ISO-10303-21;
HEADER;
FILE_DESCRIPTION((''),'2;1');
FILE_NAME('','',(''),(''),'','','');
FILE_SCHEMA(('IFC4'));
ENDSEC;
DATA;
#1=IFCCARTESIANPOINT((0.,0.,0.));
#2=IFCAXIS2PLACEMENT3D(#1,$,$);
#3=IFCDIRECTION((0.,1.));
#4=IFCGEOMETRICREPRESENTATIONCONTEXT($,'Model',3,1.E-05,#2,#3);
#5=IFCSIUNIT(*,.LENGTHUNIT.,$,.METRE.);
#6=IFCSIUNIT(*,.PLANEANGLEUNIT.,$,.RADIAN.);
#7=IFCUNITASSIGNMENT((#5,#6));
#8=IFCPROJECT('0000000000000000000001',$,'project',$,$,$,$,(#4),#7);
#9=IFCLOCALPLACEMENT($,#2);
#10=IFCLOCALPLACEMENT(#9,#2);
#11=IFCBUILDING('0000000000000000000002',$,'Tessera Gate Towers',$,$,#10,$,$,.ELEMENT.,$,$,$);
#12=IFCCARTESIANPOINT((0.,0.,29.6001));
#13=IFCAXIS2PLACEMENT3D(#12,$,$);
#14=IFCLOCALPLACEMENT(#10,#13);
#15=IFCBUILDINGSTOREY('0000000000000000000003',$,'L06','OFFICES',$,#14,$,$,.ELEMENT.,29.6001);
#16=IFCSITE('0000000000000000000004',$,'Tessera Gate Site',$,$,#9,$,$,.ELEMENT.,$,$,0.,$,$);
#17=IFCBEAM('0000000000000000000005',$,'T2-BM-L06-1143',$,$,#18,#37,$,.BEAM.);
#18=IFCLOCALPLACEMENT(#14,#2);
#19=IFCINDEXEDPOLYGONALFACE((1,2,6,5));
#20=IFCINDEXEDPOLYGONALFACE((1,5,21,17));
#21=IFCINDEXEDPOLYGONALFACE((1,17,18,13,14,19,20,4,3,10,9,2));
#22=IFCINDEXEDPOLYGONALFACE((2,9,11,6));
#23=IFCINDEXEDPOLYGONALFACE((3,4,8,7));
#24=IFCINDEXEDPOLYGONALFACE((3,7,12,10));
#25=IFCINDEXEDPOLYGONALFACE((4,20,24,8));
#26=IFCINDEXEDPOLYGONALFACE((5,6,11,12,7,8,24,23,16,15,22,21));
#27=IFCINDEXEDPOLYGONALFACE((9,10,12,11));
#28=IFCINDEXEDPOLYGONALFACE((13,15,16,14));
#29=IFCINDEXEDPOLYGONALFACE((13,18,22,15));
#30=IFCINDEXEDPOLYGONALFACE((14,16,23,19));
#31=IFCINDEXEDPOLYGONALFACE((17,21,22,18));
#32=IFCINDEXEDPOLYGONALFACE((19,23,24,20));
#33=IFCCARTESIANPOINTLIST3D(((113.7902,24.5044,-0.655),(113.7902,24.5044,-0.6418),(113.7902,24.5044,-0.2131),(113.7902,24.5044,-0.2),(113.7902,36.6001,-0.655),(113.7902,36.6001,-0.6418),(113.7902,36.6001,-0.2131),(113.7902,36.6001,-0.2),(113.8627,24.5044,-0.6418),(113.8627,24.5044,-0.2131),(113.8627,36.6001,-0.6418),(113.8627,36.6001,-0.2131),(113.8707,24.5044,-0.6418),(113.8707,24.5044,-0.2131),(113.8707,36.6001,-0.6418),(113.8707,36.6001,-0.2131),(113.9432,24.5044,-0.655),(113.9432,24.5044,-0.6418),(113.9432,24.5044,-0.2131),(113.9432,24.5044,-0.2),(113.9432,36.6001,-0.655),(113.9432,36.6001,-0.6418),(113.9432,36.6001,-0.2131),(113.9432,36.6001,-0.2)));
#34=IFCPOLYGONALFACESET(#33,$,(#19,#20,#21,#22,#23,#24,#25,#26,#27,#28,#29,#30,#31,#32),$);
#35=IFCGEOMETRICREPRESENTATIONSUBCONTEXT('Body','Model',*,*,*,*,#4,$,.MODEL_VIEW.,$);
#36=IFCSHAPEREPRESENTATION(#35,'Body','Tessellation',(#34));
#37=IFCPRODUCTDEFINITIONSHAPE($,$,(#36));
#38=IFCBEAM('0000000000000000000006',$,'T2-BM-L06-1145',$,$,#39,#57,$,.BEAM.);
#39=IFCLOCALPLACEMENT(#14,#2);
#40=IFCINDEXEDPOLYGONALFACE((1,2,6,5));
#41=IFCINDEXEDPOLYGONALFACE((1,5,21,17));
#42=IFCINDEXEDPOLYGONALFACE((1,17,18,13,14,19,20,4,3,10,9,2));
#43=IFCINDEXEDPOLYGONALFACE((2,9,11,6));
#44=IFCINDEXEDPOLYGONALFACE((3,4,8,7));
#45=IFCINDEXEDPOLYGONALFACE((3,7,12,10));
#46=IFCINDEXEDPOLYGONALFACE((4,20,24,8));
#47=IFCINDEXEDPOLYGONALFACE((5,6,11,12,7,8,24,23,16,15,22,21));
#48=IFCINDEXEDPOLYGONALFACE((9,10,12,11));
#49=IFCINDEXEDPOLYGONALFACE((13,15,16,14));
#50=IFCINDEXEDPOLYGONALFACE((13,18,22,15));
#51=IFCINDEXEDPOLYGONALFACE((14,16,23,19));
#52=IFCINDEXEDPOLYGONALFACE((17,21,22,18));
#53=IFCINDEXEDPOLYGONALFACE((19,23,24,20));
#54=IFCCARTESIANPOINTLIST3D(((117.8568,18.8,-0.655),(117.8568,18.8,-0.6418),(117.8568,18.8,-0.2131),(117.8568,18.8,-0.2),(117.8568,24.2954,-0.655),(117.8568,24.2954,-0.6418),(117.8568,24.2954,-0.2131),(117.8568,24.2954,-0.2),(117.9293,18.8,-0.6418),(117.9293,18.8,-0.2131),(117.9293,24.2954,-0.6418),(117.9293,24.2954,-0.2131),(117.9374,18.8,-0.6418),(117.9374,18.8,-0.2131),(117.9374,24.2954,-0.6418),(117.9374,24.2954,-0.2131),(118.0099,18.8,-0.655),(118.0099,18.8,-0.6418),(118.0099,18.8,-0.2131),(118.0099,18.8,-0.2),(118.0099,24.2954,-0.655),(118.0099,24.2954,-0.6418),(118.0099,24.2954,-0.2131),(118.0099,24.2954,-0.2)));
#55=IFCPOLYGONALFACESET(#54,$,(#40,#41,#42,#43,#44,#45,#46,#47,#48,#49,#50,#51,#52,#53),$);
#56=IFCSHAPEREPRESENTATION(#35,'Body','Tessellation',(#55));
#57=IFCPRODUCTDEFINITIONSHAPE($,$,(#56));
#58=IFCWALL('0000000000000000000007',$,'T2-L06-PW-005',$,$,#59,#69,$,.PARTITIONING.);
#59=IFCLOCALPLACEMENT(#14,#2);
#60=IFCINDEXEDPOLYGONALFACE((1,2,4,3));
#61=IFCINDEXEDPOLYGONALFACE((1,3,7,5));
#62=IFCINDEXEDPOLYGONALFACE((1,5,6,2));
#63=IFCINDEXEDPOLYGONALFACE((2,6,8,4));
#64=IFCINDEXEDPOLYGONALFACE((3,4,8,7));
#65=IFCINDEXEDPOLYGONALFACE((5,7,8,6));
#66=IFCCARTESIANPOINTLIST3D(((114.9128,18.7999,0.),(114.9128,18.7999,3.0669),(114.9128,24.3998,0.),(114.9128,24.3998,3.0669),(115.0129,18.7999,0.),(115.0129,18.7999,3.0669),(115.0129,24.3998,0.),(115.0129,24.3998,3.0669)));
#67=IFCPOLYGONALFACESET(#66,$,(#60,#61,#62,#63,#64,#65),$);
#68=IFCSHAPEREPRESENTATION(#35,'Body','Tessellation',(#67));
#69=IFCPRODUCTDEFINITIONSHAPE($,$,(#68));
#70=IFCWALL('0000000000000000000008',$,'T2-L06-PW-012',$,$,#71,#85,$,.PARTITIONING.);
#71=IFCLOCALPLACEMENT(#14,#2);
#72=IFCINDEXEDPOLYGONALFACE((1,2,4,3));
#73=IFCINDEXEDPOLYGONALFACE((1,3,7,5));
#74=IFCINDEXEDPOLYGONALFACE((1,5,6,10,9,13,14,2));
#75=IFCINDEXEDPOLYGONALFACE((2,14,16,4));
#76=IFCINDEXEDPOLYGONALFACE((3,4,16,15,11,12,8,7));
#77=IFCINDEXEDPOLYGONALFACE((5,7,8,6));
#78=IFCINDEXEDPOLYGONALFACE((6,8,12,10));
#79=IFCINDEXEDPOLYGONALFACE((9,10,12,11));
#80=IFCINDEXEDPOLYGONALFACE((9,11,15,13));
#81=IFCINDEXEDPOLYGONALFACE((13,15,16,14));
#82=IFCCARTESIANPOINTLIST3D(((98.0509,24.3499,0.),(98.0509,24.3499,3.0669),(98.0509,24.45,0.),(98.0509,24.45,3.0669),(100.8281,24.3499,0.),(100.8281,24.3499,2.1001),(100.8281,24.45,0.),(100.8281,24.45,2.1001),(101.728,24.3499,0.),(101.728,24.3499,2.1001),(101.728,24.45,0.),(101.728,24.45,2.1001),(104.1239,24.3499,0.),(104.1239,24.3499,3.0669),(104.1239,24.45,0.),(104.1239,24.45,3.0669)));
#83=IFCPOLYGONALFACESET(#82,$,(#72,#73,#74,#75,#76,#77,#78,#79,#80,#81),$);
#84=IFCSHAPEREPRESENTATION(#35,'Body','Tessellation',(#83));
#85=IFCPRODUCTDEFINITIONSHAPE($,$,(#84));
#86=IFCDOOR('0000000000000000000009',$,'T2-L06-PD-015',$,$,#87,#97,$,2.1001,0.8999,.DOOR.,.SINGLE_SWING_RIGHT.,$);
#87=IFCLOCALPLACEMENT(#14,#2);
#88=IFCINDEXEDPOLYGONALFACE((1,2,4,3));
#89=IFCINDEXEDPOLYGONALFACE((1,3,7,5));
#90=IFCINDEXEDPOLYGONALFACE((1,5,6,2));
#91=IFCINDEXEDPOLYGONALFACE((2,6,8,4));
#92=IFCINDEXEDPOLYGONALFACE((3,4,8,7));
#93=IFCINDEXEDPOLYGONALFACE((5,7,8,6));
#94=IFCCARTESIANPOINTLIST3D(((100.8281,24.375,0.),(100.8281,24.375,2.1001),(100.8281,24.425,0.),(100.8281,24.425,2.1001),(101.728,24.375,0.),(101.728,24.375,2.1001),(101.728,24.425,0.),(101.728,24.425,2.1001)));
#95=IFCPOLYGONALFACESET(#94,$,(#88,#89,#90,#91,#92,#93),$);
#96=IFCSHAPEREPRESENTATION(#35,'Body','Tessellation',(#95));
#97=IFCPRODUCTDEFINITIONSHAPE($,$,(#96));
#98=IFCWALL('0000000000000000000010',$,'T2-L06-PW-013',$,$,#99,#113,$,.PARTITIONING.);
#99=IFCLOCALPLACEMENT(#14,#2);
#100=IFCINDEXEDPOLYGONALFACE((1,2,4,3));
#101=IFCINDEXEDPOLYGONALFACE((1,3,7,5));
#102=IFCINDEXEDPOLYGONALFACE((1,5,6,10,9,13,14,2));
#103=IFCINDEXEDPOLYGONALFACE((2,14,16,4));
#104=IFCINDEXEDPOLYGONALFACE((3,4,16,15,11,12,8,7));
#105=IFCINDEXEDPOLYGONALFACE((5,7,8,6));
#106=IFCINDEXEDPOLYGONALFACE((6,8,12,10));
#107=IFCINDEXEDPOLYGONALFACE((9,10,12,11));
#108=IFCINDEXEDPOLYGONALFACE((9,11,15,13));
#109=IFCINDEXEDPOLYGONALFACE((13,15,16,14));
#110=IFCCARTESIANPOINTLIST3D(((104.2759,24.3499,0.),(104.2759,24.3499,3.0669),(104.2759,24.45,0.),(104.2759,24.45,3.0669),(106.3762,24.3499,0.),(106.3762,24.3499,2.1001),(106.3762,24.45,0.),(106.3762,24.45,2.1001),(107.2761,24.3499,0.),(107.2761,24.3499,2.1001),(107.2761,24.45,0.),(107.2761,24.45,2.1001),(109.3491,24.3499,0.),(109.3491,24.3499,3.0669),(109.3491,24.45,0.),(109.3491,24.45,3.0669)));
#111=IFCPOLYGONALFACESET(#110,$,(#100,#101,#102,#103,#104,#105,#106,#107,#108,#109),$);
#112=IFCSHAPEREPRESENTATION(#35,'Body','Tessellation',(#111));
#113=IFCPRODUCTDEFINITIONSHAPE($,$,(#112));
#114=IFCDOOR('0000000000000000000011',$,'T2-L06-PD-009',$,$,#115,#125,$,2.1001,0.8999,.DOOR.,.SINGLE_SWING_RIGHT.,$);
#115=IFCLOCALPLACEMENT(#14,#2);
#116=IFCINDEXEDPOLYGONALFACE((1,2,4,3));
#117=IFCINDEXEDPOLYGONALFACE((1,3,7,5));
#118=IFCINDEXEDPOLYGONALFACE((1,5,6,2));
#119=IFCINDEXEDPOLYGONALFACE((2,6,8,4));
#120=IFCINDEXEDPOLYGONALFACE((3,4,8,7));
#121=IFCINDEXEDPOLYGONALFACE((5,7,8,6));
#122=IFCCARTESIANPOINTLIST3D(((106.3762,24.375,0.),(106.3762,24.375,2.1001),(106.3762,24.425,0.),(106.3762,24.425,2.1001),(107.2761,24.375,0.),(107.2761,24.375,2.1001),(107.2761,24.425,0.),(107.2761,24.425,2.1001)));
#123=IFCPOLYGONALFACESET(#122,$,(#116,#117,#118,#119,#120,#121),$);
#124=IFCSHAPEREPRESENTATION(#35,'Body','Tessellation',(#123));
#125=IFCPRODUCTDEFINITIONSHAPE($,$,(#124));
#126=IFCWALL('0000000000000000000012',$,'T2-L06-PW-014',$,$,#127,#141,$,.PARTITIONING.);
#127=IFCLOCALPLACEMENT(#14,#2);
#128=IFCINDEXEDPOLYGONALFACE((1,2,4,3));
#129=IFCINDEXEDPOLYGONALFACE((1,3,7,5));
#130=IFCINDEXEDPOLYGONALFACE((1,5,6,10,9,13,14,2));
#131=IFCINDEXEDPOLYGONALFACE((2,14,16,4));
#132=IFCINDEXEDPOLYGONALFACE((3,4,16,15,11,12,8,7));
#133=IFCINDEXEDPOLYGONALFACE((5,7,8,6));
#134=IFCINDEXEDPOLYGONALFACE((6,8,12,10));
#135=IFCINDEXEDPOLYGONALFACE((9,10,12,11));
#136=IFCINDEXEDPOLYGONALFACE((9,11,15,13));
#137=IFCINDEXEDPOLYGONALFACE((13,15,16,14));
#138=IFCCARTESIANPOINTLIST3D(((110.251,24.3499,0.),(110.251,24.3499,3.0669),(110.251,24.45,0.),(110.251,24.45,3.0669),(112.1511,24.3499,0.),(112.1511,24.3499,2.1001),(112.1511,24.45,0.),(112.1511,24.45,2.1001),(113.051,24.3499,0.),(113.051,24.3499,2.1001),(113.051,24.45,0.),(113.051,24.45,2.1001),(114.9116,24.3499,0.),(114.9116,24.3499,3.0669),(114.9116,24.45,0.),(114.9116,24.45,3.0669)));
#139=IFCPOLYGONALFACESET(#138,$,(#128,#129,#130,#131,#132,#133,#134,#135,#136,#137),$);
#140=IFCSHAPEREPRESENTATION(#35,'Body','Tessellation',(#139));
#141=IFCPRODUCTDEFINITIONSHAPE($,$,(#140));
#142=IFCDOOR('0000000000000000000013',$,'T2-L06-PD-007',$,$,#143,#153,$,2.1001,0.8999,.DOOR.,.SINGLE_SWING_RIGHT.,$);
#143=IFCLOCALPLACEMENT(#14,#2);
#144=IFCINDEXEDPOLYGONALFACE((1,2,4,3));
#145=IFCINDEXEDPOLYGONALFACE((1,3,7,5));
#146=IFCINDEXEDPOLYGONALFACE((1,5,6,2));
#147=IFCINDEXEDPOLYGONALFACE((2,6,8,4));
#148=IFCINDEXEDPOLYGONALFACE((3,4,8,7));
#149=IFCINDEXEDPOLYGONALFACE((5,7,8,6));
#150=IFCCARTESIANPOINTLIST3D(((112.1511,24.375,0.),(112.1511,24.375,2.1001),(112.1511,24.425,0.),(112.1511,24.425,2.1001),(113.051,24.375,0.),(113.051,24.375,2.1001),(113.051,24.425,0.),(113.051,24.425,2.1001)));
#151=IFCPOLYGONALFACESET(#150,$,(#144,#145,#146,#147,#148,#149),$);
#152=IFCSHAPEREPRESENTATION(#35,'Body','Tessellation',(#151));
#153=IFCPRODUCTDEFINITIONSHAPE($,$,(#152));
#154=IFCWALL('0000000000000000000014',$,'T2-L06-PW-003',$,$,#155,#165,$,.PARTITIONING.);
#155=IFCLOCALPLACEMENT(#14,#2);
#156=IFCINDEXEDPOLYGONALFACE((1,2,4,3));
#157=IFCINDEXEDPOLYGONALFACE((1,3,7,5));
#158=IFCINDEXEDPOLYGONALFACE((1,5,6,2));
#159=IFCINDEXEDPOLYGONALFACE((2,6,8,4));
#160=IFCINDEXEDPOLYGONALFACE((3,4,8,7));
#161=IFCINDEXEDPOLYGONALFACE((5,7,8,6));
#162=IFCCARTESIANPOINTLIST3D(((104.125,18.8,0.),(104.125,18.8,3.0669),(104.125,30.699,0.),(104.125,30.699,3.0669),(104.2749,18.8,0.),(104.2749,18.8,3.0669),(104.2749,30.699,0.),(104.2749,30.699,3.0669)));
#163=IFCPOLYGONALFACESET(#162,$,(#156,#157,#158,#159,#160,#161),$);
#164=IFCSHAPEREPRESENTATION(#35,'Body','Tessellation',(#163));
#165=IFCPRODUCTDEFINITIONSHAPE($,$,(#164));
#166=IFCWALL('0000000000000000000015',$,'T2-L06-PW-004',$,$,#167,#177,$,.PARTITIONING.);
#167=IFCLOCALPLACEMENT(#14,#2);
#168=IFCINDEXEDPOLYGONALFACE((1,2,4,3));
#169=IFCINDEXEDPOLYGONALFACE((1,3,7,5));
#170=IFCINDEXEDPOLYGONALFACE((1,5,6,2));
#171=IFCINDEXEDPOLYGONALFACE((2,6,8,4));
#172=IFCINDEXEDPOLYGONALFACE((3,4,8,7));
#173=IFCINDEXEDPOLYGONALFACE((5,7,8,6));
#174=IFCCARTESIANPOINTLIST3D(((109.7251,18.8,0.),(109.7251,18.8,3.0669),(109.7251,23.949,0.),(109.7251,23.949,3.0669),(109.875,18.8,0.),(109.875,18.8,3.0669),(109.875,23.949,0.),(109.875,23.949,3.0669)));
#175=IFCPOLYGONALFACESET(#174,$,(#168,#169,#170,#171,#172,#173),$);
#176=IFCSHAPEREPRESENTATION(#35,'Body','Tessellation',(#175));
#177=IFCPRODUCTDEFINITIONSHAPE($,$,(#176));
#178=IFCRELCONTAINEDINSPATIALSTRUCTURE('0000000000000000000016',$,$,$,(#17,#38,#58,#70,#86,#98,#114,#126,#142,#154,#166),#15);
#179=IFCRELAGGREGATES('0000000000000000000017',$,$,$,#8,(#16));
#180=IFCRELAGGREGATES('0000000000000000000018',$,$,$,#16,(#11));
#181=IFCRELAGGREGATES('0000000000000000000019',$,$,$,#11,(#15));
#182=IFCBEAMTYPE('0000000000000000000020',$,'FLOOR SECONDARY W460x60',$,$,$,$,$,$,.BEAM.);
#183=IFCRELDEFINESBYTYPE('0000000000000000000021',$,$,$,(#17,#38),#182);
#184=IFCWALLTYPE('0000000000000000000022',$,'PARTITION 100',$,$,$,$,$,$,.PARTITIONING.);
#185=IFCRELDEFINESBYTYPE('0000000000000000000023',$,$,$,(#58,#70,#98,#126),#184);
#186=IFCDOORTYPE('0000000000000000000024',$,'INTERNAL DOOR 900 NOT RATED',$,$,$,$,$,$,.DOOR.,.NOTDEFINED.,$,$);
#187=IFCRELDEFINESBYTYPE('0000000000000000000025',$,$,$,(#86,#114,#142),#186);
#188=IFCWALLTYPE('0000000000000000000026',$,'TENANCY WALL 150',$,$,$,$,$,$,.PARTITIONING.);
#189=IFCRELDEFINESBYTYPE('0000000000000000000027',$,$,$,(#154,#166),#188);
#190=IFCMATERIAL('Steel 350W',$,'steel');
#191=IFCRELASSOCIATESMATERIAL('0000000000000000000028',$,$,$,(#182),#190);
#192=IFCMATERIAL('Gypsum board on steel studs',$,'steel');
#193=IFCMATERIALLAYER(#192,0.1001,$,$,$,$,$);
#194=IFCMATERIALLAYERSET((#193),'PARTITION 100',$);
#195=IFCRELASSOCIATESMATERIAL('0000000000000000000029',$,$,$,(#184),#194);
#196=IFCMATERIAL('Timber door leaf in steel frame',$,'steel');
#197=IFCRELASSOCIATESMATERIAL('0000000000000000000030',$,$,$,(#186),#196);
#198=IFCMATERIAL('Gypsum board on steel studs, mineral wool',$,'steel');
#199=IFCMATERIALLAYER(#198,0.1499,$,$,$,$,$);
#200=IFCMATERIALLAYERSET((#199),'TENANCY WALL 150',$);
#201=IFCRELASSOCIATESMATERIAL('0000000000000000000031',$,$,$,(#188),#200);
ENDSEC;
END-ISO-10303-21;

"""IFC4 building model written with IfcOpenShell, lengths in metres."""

from ifc_helpers import new_model, si_unit, direction, frame, frame_2d, origin, origin_2d, place, context, subcontext, project, spatial, rectangle, i_section, extrude, source, transform, mapped, material, layer, layer_set, material_profile, profile_set, type_object, element, fill, save


model = new_model("IFC4")

# Units and contexts
model_context = context("Model", 3, precision=1e-05, world=origin(), true_north=direction((0.0, 1.0)))
body_context = subcontext(model_context, "Body", "Model", "MODEL_VIEW")
ifc_project = project(units=[si_unit("LENGTHUNIT", "METRE"), si_unit("PLANEANGLEUNIT", "RADIAN")], contexts=[model_context])

# Site, building, storey
site_placement = place(None, origin())
site = spatial("IfcSite", under=ifc_project, at=site_placement, Name="Tessera Gate Site", CompositionType="ELEMENT", RefElevation=0.0)
building_placement = place(site_placement, origin())
building = spatial("IfcBuilding", under=site, at=building_placement, Name="Tessera Gate Towers", CompositionType="ELEMENT")
storey_placement = place(building_placement, frame((0.0, 0.0, 29.6001)))
storey = spatial("IfcBuildingStorey", under=building, at=storey_placement, Name="L06", Description="OFFICES", CompositionType="ELEMENT", Elevation=29.6001)

# Beams
ifc_material_1 = material(Name="Steel 350W", Category="steel")
ifc_material_profile_1 = material_profile(ifc_material_1, i_section(OverallWidth=0.1531, OverallDepth=0.4551, WebThickness=0.0081, FlangeThickness=0.0132, at=origin_2d()), Name="W460x60")
ifc_profile_set_1 = profile_set([ifc_material_profile_1], Name="Steel 350W")
beam_type_1 = type_object("IfcBeamType", Name="FLOOR SECONDARY W460x60", PredefinedType="BEAM", material=ifc_profile_set_1)
beam_1_placement = place(storey_placement, frame((113.8667, 24.5044, -0.4275), z_axis=(0.0, 1.0, 0.0), x_axis=(-1.0, 0.0, 0.0)))
element("IfcBeam", 1, at=beam_1_placement, inside=storey, type_object=beam_type_1, Name="T2-BM-L06-1143", PredefinedType="BEAM", context=body_context, shape_type="SweptSolid", body=[
    extrude(i_section(OverallWidth=0.1531, OverallDepth=0.4551, WebThickness=0.0081, FlangeThickness=0.0132, at=origin_2d()), origin(), (0.0, 0.0, 1.0), 12.0957),
])
beam_2_placement = place(storey_placement, frame((117.9333, 18.8, -0.4275), z_axis=(0.0, 1.0, 0.0), x_axis=(-1.0, 0.0, 0.0)))
element("IfcBeam", 2, at=beam_2_placement, inside=storey, type_object=beam_type_1, Name="T2-BM-L06-1145", PredefinedType="BEAM", context=body_context, shape_type="SweptSolid", body=[
    extrude(i_section(OverallWidth=0.1531, OverallDepth=0.4551, WebThickness=0.0081, FlangeThickness=0.0132, at=origin_2d()), origin(), (0.0, 0.0, 1.0), 5.4954),
])

# Wall
ifc_material_2 = material(Name="Gypsum board on steel studs", Category="steel")
ifc_layer_1 = layer(ifc_material_2, 0.1001)
ifc_layer_set_1 = layer_set([ifc_layer_1], Name="PARTITION 100")
wall_type_1 = type_object("IfcWallType", Name="PARTITION 100", PredefinedType="PARTITIONING", material=ifc_layer_set_1)
wall_1_placement = place(storey_placement, frame((114.9629, 18.8, 0.0), z_axis=(0.0, 0.0, 1.0), x_axis=(0.0, 1.0, 0.0)))
element("IfcWall", 3, at=wall_1_placement, inside=storey, type_object=wall_type_1, Name="T2-L06-PW-005", PredefinedType="PARTITIONING", context=body_context, shape_type="SweptSolid", body=[
    extrude(rectangle(XDim=5.5999, YDim=0.1001, at=frame_2d((2.7998, 0.0))), origin(), (0.0, 0.0, 1.0), 3.0669),
])

# Walls, openings, doors
wall_2_placement = place(storey_placement, frame((104.124, 24.3999, 0.0), z_axis=(0.0, 0.0, 1.0), x_axis=(-1.0, 0.0, 0.0)))
wall_2 = element("IfcWall", 4, at=wall_2_placement, inside=storey, type_object=wall_type_1, Name="T2-L06-PW-012", PredefinedType="PARTITIONING", context=body_context, shape_type="SweptSolid", body=[
    extrude(rectangle(XDim=6.073, YDim=0.1001, at=frame_2d((3.0366, 0.0))), origin(), (0.0, 0.0, 1.0), 3.0669),
])
shared_shape_1 = source(origin(), body_context, "Body", "SweptSolid", [
    extrude(rectangle(XDim=0.8999, YDim=2.1001, at=frame_2d((0.45, 1.05))), frame((0.0, 0.0601, 0.0), z_axis=(0.0, -1.0, 0.0), x_axis=(1.0, 0.0, 0.0)), (0.0, 0.0, 1.0), 0.1201),
])
opening_1_placement = place(wall_2_placement, frame((2.396, 0.0, 0.0)))
opening_1 = element("IfcOpeningElement", 5, at=opening_1_placement, cuts=wall_2, PredefinedType="OPENING", context=body_context, shape_type="MappedRepresentation", body=[
    mapped(shared_shape_1, transform((0.0, 0.0, 0.0), scale=1.0)),
])
ifc_material_3 = material(Name="Timber door leaf in steel frame", Category="steel")
door_type = type_object("IfcDoorType", Name="INTERNAL DOOR 900 NOT RATED", OperationType="NOTDEFINED", PredefinedType="DOOR", material=ifc_material_3)
shared_shape_2 = source(origin(), body_context, "Body", "SweptSolid", [
    extrude(rectangle(XDim=0.8999, YDim=2.1001, at=frame_2d((0.45, 1.05))), frame((0.0, 0.0249, 0.0), z_axis=(0.0, -1.0, 0.0), x_axis=(1.0, 0.0, 0.0)), (0.0, 0.0, 1.0), 0.05),
])
door_1_placement = place(opening_1_placement, origin())
door_1 = element("IfcDoor", 6, at=door_1_placement, inside=storey, type_object=door_type, Name="T2-L06-PD-015", OperationType="SINGLE_SWING_RIGHT", OverallHeight=2.1001, OverallWidth=0.8999, PredefinedType="DOOR", context=body_context, shape_type="MappedRepresentation", body=[
    mapped(shared_shape_2, transform((0.0, 0.0, 0.0), scale=1.0)),
])
fill(opening_1, door_1)
wall_3_placement = place(storey_placement, frame((109.3491, 24.3999, 0.0), z_axis=(0.0, 0.0, 1.0), x_axis=(-1.0, 0.0, 0.0)))
wall_3 = element("IfcWall", 7, at=wall_3_placement, inside=storey, type_object=wall_type_1, Name="T2-L06-PW-013", PredefinedType="PARTITIONING", context=body_context, shape_type="SweptSolid", body=[
    extrude(rectangle(XDim=5.0732, YDim=0.1001, at=frame_2d((2.5366, 0.0))), origin(), (0.0, 0.0, 1.0), 3.0669),
])
opening_2_placement = place(wall_3_placement, frame((2.073, 0.0, 0.0)))
opening_2 = element("IfcOpeningElement", 8, at=opening_2_placement, cuts=wall_3, PredefinedType="OPENING", context=body_context, shape_type="MappedRepresentation", body=[
    mapped(shared_shape_1, transform((0.0, 0.0, 0.0), scale=1.0)),
])
door_2_placement = place(opening_2_placement, origin())
door_2 = element("IfcDoor", 9, at=door_2_placement, inside=storey, type_object=door_type, Name="T2-L06-PD-009", OperationType="SINGLE_SWING_RIGHT", OverallHeight=2.1001, OverallWidth=0.8999, PredefinedType="DOOR", context=body_context, shape_type="MappedRepresentation", body=[
    mapped(shared_shape_2, transform((0.0, 0.0, 0.0), scale=1.0)),
])
fill(opening_2, door_2)
wall_4_placement = place(storey_placement, frame((114.9116, 24.3999, 0.0), z_axis=(0.0, 0.0, 1.0), x_axis=(-1.0, 0.0, 0.0)))
wall_4 = element("IfcWall", 10, at=wall_4_placement, inside=storey, type_object=wall_type_1, Name="T2-L06-PW-014", PredefinedType="PARTITIONING", context=body_context, shape_type="SweptSolid", body=[
    extrude(rectangle(XDim=4.6606, YDim=0.1001, at=frame_2d((2.3303, 0.0))), origin(), (0.0, 0.0, 1.0), 3.0669),
])
opening_3_placement = place(wall_4_placement, frame((1.8606, 0.0, 0.0)))
opening_3 = element("IfcOpeningElement", 11, at=opening_3_placement, cuts=wall_4, PredefinedType="OPENING", context=body_context, shape_type="MappedRepresentation", body=[
    mapped(shared_shape_1, transform((0.0, 0.0, 0.0), scale=1.0)),
])
door_3_placement = place(opening_3_placement, origin())
door_3 = element("IfcDoor", 12, at=door_3_placement, inside=storey, type_object=door_type, Name="T2-L06-PD-007", OperationType="SINGLE_SWING_RIGHT", OverallHeight=2.1001, OverallWidth=0.8999, PredefinedType="DOOR", context=body_context, shape_type="MappedRepresentation", body=[
    mapped(shared_shape_2, transform((0.0, 0.0, 0.0), scale=1.0)),
])
fill(opening_3, door_3)

# Walls
ifc_material_4 = material(Name="Gypsum board on steel studs, mineral wool", Category="steel")
ifc_layer_2 = layer(ifc_material_4, 0.1499)
ifc_layer_set_2 = layer_set([ifc_layer_2], Name="TENANCY WALL 150")
wall_type_2 = type_object("IfcWallType", Name="TENANCY WALL 150", PredefinedType="PARTITIONING", material=ifc_layer_set_2)
wall_5_placement = place(storey_placement, frame((104.2, 18.8, 0.0), z_axis=(0.0, 0.0, 1.0), x_axis=(0.0, 1.0, 0.0)))
element("IfcWall", 13, at=wall_5_placement, inside=storey, type_object=wall_type_2, Name="T2-L06-PW-003", PredefinedType="PARTITIONING", context=body_context, shape_type="SweptSolid", body=[
    extrude(rectangle(XDim=11.8989, YDim=0.1499, at=frame_2d((5.9495, 0.0))), origin(), (0.0, 0.0, 1.0), 3.0669),
])
wall_6_placement = place(storey_placement, frame((109.8, 18.8, 0.0), z_axis=(0.0, 0.0, 1.0), x_axis=(0.0, 1.0, 0.0)))
element("IfcWall", 14, at=wall_6_placement, inside=storey, type_object=wall_type_2, Name="T2-L06-PW-004", PredefinedType="PARTITIONING", context=body_context, shape_type="SweptSolid", body=[
    extrude(rectangle(XDim=5.1489, YDim=0.1499, at=frame_2d((2.5745, 0.0))), origin(), (0.0, 0.0, 1.0), 3.0669),
])

save(model, "model.ifc")
